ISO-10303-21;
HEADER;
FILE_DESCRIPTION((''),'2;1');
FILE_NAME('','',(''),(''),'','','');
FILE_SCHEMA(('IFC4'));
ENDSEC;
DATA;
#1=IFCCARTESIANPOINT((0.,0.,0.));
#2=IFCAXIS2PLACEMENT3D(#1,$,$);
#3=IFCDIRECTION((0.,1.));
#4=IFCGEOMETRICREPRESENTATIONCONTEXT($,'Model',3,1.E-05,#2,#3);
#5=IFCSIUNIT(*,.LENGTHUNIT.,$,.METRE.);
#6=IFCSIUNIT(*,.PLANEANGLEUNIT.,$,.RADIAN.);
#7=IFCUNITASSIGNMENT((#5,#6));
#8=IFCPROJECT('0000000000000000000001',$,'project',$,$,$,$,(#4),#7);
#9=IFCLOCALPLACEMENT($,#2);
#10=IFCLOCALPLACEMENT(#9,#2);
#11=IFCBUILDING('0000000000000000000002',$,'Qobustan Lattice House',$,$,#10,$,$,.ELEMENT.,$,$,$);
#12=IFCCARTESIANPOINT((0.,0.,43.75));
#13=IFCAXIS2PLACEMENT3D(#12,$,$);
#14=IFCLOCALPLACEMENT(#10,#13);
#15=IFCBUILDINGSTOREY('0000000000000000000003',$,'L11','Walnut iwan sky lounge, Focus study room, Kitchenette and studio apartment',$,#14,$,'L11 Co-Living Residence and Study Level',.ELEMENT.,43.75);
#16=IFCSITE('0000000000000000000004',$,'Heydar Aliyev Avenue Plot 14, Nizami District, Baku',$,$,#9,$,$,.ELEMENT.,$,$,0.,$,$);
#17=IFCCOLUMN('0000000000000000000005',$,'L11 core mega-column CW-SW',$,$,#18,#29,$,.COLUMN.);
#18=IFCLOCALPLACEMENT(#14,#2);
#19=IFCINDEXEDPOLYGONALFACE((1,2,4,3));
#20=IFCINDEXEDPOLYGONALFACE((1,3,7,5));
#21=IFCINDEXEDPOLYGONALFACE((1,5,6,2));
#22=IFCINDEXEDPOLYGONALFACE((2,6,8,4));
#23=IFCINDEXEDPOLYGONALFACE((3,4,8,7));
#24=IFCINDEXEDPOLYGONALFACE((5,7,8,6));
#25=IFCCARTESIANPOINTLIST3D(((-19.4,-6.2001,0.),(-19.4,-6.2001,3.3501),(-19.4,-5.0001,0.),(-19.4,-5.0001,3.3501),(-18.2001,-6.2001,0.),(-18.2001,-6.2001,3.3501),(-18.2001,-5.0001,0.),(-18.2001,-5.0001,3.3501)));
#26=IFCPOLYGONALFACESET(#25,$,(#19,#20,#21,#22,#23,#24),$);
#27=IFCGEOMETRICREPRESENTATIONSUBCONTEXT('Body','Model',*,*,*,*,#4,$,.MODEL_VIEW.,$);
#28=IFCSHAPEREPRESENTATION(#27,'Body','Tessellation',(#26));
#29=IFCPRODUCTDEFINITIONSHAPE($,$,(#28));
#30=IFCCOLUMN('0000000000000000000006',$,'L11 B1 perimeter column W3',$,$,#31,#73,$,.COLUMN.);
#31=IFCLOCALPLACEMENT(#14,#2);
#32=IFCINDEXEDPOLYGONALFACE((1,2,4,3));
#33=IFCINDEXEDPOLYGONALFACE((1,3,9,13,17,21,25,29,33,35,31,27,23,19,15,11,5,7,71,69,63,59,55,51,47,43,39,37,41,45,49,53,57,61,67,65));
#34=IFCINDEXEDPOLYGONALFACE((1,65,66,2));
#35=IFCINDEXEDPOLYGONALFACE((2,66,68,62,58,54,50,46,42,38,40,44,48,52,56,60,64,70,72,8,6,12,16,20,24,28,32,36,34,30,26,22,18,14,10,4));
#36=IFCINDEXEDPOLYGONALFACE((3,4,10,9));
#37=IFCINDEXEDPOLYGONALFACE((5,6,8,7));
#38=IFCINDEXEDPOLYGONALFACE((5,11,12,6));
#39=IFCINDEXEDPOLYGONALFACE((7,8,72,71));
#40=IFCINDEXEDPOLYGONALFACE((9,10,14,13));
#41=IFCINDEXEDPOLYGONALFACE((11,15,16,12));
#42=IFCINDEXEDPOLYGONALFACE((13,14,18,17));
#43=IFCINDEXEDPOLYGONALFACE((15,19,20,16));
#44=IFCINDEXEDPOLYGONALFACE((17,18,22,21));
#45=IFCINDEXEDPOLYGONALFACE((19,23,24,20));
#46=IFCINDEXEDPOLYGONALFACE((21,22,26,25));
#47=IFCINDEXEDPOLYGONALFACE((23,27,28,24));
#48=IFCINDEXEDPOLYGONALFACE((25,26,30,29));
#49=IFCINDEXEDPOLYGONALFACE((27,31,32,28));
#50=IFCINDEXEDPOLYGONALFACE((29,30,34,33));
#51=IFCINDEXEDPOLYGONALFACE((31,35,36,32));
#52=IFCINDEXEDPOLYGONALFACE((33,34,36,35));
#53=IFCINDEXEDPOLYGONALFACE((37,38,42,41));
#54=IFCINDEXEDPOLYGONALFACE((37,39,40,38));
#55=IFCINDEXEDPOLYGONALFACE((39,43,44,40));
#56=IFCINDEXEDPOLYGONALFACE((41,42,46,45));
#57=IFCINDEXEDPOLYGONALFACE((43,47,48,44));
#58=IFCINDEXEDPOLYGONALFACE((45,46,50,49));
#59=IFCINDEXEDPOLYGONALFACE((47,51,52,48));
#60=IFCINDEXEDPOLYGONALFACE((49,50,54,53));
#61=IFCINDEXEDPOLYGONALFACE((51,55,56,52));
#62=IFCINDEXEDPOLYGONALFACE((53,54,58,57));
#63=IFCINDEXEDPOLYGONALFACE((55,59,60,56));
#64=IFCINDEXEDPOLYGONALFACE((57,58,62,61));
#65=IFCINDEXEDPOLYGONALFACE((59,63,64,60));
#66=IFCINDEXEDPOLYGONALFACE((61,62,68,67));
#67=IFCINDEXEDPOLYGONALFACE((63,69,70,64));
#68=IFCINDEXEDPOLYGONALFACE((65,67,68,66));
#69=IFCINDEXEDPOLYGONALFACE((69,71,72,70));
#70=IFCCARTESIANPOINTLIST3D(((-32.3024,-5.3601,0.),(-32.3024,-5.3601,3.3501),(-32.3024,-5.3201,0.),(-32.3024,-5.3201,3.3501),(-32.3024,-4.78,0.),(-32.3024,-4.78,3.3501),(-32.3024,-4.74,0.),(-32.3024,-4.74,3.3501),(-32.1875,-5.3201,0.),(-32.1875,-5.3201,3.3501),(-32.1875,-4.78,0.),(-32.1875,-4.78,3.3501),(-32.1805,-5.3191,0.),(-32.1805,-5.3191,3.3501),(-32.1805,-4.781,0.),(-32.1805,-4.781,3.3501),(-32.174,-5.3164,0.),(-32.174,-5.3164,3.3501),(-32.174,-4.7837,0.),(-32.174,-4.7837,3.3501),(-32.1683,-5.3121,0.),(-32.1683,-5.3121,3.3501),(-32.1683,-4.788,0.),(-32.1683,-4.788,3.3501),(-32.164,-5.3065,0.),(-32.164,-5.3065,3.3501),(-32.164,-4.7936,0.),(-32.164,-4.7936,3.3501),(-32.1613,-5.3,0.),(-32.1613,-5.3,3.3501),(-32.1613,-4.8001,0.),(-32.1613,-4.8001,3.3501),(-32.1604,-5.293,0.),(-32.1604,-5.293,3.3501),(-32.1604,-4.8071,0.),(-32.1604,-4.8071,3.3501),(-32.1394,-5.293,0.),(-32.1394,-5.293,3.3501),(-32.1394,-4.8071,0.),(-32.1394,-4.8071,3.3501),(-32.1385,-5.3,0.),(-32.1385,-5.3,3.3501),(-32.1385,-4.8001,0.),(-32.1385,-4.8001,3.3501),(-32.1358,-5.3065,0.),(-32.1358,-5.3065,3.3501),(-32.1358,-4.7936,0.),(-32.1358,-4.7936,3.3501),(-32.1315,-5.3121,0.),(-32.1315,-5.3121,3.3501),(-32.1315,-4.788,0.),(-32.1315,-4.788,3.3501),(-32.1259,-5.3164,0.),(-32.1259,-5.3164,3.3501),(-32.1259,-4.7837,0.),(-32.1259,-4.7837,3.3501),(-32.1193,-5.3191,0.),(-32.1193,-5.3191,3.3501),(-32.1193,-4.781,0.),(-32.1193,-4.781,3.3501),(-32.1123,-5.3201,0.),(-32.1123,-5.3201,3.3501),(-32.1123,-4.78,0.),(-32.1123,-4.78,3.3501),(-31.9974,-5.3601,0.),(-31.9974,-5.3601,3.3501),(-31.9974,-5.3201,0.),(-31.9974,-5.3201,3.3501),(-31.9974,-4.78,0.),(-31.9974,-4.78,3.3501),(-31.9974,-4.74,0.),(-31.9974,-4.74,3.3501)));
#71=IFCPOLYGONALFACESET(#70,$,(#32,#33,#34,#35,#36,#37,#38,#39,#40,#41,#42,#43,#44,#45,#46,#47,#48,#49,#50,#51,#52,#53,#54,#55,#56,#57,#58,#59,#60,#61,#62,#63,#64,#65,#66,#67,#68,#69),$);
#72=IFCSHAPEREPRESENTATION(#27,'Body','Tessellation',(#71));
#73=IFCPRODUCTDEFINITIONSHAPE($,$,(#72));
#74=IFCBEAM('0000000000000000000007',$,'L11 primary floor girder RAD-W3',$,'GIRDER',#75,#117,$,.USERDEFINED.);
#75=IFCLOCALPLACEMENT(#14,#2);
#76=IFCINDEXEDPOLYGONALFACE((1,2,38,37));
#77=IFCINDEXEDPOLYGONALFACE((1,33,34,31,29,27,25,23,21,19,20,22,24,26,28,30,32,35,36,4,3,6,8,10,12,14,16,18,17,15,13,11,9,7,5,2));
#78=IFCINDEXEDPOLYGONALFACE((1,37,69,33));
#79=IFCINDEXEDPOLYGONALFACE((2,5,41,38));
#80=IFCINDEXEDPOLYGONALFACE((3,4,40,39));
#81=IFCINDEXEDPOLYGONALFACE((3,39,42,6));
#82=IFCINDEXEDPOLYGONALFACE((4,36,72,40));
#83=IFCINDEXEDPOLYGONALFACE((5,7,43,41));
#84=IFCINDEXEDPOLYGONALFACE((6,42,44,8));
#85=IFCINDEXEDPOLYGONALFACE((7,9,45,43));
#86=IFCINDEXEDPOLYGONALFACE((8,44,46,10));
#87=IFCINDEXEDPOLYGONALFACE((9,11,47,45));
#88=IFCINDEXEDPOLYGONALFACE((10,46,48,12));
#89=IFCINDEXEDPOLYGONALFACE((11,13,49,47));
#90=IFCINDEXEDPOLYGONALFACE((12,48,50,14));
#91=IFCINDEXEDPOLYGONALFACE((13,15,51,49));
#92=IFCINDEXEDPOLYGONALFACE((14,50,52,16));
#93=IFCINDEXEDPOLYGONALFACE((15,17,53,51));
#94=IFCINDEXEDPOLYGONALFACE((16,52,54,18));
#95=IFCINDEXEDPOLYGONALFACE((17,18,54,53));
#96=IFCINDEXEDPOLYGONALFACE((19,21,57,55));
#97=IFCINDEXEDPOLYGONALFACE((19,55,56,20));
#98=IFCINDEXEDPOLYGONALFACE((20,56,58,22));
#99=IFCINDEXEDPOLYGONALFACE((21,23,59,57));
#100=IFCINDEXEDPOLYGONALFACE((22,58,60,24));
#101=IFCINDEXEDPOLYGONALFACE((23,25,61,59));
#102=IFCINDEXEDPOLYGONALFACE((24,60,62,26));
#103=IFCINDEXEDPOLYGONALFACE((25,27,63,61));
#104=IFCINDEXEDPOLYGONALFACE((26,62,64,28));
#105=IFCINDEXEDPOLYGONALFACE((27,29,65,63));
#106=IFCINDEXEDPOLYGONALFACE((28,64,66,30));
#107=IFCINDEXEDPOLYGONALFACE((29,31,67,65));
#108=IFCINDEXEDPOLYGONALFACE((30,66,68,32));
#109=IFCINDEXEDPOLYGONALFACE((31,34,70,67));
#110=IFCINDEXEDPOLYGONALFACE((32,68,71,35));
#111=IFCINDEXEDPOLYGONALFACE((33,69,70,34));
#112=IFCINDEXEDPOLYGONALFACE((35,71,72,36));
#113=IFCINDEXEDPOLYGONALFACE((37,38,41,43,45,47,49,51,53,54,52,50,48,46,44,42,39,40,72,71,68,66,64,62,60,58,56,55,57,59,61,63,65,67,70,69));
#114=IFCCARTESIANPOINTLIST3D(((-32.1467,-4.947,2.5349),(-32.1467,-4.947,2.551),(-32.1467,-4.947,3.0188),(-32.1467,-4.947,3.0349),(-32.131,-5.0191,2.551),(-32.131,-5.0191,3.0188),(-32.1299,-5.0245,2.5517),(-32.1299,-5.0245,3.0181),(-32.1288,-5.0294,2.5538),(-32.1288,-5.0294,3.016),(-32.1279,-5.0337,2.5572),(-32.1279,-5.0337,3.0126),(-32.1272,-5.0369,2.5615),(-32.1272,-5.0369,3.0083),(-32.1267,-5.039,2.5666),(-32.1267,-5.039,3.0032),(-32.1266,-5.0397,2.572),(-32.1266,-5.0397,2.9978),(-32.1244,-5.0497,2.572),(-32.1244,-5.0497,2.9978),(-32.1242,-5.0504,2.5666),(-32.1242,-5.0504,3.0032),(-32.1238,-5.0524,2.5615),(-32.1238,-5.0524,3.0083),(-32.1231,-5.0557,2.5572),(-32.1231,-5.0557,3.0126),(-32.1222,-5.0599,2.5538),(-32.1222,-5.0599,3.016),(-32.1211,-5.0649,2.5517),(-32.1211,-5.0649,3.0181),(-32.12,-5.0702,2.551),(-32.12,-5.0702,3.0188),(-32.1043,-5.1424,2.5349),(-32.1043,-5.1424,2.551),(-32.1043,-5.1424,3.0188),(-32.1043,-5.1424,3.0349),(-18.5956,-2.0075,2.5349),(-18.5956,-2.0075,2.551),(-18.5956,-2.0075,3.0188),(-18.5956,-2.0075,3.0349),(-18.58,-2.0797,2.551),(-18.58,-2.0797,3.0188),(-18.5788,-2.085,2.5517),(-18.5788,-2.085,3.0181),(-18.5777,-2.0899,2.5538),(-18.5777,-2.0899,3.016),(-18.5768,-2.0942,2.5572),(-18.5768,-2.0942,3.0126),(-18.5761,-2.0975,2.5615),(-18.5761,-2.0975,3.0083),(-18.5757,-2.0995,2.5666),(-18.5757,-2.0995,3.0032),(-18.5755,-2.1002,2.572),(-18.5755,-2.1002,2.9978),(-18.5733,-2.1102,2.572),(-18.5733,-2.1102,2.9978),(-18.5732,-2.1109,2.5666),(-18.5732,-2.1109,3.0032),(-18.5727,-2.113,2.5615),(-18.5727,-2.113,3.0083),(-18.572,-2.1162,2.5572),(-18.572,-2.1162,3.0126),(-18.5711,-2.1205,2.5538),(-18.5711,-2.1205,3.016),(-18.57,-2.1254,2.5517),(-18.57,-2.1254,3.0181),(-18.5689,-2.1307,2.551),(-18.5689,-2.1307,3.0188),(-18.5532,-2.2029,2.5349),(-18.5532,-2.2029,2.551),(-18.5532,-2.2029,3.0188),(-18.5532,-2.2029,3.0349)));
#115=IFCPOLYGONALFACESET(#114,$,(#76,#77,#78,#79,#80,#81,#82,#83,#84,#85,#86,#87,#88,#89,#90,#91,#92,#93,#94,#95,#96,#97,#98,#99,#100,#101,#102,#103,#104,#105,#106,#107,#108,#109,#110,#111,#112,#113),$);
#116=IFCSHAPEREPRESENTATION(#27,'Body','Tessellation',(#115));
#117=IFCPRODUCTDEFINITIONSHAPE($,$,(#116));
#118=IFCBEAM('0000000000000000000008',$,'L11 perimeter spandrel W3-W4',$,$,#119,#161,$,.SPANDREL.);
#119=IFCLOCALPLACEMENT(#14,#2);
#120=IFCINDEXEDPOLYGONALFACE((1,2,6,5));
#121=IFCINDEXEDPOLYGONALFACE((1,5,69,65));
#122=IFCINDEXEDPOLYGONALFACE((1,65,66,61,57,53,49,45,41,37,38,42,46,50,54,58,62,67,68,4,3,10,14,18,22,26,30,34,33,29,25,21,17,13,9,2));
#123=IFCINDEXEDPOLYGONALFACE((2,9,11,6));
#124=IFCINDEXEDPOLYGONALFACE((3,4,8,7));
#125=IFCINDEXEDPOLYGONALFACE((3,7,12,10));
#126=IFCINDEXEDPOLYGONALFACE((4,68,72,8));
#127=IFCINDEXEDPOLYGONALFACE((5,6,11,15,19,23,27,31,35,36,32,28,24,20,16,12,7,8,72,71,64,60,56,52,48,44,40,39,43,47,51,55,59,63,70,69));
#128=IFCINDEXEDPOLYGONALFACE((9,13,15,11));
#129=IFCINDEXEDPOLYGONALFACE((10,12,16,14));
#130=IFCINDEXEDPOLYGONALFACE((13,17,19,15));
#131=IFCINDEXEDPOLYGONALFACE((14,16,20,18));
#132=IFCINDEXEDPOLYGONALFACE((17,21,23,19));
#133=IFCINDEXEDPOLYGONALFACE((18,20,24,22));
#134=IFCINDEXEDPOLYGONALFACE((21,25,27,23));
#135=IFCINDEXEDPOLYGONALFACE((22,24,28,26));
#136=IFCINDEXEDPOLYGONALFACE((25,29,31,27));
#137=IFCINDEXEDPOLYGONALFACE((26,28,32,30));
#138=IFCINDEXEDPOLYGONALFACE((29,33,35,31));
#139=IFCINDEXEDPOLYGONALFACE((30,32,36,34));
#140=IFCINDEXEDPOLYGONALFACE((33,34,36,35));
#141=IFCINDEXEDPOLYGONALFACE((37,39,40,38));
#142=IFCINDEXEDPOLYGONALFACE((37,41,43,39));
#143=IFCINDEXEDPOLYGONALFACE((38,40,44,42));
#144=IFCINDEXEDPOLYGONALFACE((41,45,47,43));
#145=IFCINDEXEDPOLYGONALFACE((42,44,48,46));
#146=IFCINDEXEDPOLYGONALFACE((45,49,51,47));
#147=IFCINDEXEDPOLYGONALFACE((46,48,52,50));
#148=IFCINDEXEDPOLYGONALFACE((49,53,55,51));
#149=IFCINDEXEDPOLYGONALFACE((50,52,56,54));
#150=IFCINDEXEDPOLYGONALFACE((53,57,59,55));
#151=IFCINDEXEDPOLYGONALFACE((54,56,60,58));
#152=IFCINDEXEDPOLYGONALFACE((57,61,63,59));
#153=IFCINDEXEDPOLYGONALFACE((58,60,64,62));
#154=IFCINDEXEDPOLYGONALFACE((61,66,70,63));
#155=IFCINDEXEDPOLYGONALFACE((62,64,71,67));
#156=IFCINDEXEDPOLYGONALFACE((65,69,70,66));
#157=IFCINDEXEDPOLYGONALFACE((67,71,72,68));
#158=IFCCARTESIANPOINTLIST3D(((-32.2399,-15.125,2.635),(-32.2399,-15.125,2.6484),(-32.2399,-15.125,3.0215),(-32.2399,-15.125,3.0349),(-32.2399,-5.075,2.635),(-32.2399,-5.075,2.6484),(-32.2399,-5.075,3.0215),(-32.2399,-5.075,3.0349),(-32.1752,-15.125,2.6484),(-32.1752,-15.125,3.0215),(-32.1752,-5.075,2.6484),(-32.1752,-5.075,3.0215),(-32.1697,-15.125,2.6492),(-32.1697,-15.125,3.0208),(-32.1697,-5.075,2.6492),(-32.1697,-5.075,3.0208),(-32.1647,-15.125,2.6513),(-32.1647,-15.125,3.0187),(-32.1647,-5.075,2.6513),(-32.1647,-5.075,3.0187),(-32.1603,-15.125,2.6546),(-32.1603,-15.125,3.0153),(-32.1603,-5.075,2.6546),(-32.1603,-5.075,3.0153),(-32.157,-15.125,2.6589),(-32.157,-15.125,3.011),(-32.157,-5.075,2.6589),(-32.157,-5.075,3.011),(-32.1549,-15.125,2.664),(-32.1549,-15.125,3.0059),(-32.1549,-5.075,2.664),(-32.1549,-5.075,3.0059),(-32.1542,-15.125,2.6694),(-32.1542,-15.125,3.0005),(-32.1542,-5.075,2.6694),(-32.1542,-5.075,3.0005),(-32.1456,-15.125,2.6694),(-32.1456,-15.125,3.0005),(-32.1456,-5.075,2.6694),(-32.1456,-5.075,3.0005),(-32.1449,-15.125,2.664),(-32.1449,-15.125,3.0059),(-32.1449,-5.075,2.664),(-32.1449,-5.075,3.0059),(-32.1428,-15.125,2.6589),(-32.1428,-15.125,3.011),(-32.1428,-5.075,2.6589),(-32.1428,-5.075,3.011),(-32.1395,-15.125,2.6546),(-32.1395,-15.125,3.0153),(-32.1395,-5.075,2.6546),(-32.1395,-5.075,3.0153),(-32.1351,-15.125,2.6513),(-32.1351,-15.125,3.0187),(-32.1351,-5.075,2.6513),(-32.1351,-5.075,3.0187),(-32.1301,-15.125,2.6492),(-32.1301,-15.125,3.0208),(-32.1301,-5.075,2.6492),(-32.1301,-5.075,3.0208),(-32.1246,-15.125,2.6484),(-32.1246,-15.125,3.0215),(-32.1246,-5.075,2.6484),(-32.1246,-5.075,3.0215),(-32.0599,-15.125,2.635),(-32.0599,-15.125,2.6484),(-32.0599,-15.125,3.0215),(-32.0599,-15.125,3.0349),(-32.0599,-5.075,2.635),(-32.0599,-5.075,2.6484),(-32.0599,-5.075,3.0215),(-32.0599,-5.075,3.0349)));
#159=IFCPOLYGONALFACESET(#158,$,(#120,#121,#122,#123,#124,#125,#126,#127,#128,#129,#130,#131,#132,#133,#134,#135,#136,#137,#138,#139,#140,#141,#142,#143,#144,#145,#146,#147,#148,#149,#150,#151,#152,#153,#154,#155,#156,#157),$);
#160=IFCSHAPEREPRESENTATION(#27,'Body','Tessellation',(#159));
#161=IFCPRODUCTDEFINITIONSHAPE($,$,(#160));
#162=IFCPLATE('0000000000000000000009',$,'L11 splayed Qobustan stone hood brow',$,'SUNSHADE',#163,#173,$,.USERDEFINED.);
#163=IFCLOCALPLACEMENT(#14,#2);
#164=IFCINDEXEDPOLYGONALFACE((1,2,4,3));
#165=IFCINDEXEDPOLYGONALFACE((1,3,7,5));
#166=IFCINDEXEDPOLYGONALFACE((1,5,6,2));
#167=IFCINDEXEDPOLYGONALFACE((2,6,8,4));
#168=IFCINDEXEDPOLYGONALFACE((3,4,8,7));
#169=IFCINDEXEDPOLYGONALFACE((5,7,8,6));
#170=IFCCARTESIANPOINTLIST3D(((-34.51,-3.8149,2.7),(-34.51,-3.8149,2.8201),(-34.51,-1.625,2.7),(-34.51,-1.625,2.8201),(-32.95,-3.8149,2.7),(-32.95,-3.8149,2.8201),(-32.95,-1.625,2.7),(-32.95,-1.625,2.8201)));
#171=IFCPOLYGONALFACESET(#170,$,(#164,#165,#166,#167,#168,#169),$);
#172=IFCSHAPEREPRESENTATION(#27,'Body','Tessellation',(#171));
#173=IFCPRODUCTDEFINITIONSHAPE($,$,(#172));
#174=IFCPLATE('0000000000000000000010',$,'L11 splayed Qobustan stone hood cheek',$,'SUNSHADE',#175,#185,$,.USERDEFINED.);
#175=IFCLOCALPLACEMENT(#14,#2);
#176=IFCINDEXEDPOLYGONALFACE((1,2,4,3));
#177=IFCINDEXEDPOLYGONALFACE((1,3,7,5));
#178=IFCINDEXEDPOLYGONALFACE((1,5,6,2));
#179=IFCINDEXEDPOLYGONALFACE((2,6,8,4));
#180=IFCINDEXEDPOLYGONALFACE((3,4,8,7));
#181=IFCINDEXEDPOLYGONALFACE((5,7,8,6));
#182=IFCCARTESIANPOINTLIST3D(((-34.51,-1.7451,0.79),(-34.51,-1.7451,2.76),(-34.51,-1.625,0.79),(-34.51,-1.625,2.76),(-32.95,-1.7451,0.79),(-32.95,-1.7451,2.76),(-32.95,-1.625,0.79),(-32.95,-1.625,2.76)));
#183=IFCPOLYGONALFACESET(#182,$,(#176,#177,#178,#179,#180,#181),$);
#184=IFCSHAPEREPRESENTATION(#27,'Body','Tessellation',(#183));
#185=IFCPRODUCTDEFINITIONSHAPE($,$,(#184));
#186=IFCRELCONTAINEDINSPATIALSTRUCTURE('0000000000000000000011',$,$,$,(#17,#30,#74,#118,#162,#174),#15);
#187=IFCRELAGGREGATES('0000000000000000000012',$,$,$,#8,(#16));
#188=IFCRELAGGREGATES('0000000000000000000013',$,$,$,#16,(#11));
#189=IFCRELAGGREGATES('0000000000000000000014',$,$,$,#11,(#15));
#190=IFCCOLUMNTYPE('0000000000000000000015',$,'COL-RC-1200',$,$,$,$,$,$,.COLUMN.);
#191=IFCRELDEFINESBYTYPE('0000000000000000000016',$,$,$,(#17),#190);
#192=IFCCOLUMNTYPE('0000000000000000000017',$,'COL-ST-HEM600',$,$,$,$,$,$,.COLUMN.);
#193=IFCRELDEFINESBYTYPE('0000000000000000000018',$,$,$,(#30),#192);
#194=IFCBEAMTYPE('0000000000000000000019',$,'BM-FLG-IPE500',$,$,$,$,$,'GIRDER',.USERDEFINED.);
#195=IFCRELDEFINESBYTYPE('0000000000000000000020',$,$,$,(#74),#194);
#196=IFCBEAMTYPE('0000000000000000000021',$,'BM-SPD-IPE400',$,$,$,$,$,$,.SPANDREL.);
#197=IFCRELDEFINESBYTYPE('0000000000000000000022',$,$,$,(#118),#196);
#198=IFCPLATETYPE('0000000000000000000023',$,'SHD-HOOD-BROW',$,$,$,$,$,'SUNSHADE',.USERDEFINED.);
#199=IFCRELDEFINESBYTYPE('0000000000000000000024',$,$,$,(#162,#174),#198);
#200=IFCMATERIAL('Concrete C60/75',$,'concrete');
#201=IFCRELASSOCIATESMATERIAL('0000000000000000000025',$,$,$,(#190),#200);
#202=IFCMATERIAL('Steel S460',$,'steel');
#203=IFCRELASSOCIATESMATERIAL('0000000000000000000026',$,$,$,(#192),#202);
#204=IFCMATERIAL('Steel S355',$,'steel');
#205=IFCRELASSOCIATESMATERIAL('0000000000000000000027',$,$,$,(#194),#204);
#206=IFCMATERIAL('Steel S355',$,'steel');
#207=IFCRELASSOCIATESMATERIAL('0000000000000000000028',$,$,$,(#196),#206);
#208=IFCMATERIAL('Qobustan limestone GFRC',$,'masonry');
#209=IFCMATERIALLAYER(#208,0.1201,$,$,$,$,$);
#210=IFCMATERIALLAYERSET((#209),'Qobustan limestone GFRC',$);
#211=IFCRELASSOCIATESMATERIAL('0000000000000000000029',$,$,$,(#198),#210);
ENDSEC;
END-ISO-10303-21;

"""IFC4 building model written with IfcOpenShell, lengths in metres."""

from ifc_helpers import new_model, si_unit, direction, frame, origin, origin_2d, place, context, subcontext, project, spatial, rectangle, i_section, extrude, material, layer, layer_set, material_profile, profile_set, type_object, element, save


model = new_model("IFC4")

# Units and contexts
model_context = context("Model", 3, precision=1e-05, world=origin(), true_north=direction((0.0, 1.0)))
body_context = subcontext(model_context, "Body", "Model", "MODEL_VIEW")
ifc_project = project(units=[si_unit("LENGTHUNIT", "METRE"), si_unit("PLANEANGLEUNIT", "RADIAN")], contexts=[model_context])

# Site, building, storey
site_placement = place(None, origin())
site = spatial("IfcSite", under=ifc_project, at=site_placement, Name="Heydar Aliyev Avenue Plot 14, Nizami District, Baku", CompositionType="ELEMENT", RefElevation=0.0)
building_placement = place(site_placement, origin())
building = spatial("IfcBuilding", under=site, at=building_placement, Name="Qobustan Lattice House", CompositionType="ELEMENT")
storey_placement = place(building_placement, frame((0.0, 0.0, 43.75)))
storey = spatial("IfcBuildingStorey", under=building, at=storey_placement, Name="L11", Description="Walnut iwan sky lounge, Focus study room, Kitchenette and studio apartment", LongName="L11 Co-Living Residence and Study Level", CompositionType="ELEMENT", Elevation=43.75)

# Columns
ifc_material_1 = material(Name="Concrete C60/75", Category="concrete")
ifc_material_profile_1 = material_profile(ifc_material_1, rectangle(XDim=1.2, YDim=1.2, at=origin_2d()), Name="RC1200x1200")
ifc_profile_set_1 = profile_set([ifc_material_profile_1], Name="Concrete C60/75")
column_type_1 = type_object("IfcColumnType", Name="COL-RC-1200", PredefinedType="COLUMN", material=ifc_profile_set_1)
column_1_placement = place(storey_placement, frame((-18.8, -5.6001, 0.0), z_axis=(0.0, 0.0, 1.0), x_axis=(1.0, 0.0, 0.0)))
element("IfcColumn", 1, at=column_1_placement, inside=storey, type_object=column_type_1, Name="L11 core mega-column CW-SW", PredefinedType="COLUMN", context=body_context, shape_type="SweptSolid", body=[
    extrude(rectangle(XDim=1.2, YDim=1.2, at=origin_2d()), origin(), (0.0, 0.0, 1.0), 3.3501),
])
ifc_material_2 = material(Name="Steel S460", Category="steel")
ifc_material_profile_2 = material_profile(ifc_material_2, i_section(OverallWidth=0.3049, OverallDepth=0.6201, WebThickness=0.021, FlangeThickness=0.04, FilletRadius=0.0271, at=origin_2d()), Name="HEM600")
ifc_profile_set_2 = profile_set([ifc_material_profile_2], Name="Steel S460")
column_type_2 = type_object("IfcColumnType", Name="COL-ST-HEM600", PredefinedType="COLUMN", material=ifc_profile_set_2)
column_2_placement = place(storey_placement, frame((-32.1499, -5.05, 0.0), z_axis=(0.0, 0.0, 1.0), x_axis=(1.0, 0.0, 0.0)))
element("IfcColumn", 2, at=column_2_placement, inside=storey, type_object=column_type_2, Name="L11 B1 perimeter column W3", PredefinedType="COLUMN", context=body_context, shape_type="SweptSolid", body=[
    extrude(i_section(OverallWidth=0.3049, OverallDepth=0.6201, WebThickness=0.021, FlangeThickness=0.04, FilletRadius=0.0271, at=origin_2d()), origin(), (0.0, 0.0, 1.0), 3.3501),
])

# Beams
ifc_material_3 = material(Name="Steel S355", Category="steel")
ifc_material_profile_3 = material_profile(ifc_material_3, i_section(OverallWidth=0.2, OverallDepth=0.5, WebThickness=0.0103, FlangeThickness=0.0161, FilletRadius=0.021, at=origin_2d()), Name="IPE500")
ifc_profile_set_3 = profile_set([ifc_material_profile_3], Name="Steel S355")
beam_type_1 = type_object("IfcBeamType", Name="BM-FLG-IPE500", ElementType="GIRDER", PredefinedType="USERDEFINED", material=ifc_profile_set_3)
beam_1_placement = place(storey_placement, frame((-32.1255, -5.0447, 2.7849), z_axis=(0.977272, 0.211987, 0.0), x_axis=(-0.211987, 0.977272, 0.0)))
element("IfcBeam", 3, at=beam_1_placement, inside=storey, type_object=beam_type_1, Name="L11 primary floor girder RAD-W3", ObjectType="GIRDER", PredefinedType="USERDEFINED", context=body_context, shape_type="SweptSolid", body=[
    extrude(i_section(OverallWidth=0.2, OverallDepth=0.5, WebThickness=0.0103, FlangeThickness=0.0161, FilletRadius=0.021, at=origin_2d()), origin(), (0.0, 0.0, 1.0), 13.8662),
])
ifc_material_4 = material(Name="Steel S355", Category="steel")
ifc_material_profile_4 = material_profile(ifc_material_4, i_section(OverallWidth=0.1799, OverallDepth=0.3999, WebThickness=0.0085, FlangeThickness=0.0134, FilletRadius=0.021, at=origin_2d()), Name="IPE400")
ifc_profile_set_4 = profile_set([ifc_material_profile_4], Name="Steel S355")
beam_type_2 = type_object("IfcBeamType", Name="BM-SPD-IPE400", PredefinedType="SPANDREL", material=ifc_profile_set_4)
beam_2_placement = place(storey_placement, frame((-32.1499, -5.075, 2.835), z_axis=(0.0, -1.0, 0.0), x_axis=(1.0, 0.0, 0.0)))
element("IfcBeam", 4, at=beam_2_placement, inside=storey, type_object=beam_type_2, Name="L11 perimeter spandrel W3-W4", PredefinedType="SPANDREL", context=body_context, shape_type="SweptSolid", body=[
    extrude(i_section(OverallWidth=0.1799, OverallDepth=0.3999, WebThickness=0.0085, FlangeThickness=0.0134, FilletRadius=0.021, at=origin_2d()), origin(), (0.0, 0.0, 1.0), 10.05),
])

# Plates
ifc_material_5 = material(Name="Qobustan limestone GFRC", Category="masonry")
ifc_layer_1 = layer(ifc_material_5, 0.1201)
ifc_layer_set_1 = layer_set([ifc_layer_1], Name="Qobustan limestone GFRC")
plate_type = type_object("IfcPlateType", Name="SHD-HOOD-BROW", ElementType="SUNSHADE", PredefinedType="USERDEFINED", material=ifc_layer_set_1)
plate_1_placement = place(storey_placement, frame((-33.73, -2.72, 2.7), z_axis=(0.0, 0.0, 1.0), x_axis=(0.0, 1.0, 0.0)))
element("IfcPlate", 5, at=plate_1_placement, inside=storey, type_object=plate_type, Name="L11 splayed Qobustan stone hood brow", ObjectType="SUNSHADE", PredefinedType="USERDEFINED", context=body_context, shape_type="SweptSolid", body=[
    extrude(rectangle(XDim=2.1899, YDim=1.5601, at=origin_2d()), origin(), (0.0, 0.0, 1.0), 0.1201),
])
plate_2_placement = place(storey_placement, frame((-33.73, -1.6851, 0.79), z_axis=(0.0, 0.0, 1.0), x_axis=(0.0, 1.0, 0.0)))
element("IfcPlate", 6, at=plate_2_placement, inside=storey, type_object=plate_type, Name="L11 splayed Qobustan stone hood cheek", ObjectType="SUNSHADE", PredefinedType="USERDEFINED", context=body_context, shape_type="SweptSolid", body=[
    extrude(rectangle(XDim=0.1201, YDim=1.5601, at=origin_2d()), origin(), (0.0, 0.0, 1.0), 1.97),
])

save(model, "model.ifc")
